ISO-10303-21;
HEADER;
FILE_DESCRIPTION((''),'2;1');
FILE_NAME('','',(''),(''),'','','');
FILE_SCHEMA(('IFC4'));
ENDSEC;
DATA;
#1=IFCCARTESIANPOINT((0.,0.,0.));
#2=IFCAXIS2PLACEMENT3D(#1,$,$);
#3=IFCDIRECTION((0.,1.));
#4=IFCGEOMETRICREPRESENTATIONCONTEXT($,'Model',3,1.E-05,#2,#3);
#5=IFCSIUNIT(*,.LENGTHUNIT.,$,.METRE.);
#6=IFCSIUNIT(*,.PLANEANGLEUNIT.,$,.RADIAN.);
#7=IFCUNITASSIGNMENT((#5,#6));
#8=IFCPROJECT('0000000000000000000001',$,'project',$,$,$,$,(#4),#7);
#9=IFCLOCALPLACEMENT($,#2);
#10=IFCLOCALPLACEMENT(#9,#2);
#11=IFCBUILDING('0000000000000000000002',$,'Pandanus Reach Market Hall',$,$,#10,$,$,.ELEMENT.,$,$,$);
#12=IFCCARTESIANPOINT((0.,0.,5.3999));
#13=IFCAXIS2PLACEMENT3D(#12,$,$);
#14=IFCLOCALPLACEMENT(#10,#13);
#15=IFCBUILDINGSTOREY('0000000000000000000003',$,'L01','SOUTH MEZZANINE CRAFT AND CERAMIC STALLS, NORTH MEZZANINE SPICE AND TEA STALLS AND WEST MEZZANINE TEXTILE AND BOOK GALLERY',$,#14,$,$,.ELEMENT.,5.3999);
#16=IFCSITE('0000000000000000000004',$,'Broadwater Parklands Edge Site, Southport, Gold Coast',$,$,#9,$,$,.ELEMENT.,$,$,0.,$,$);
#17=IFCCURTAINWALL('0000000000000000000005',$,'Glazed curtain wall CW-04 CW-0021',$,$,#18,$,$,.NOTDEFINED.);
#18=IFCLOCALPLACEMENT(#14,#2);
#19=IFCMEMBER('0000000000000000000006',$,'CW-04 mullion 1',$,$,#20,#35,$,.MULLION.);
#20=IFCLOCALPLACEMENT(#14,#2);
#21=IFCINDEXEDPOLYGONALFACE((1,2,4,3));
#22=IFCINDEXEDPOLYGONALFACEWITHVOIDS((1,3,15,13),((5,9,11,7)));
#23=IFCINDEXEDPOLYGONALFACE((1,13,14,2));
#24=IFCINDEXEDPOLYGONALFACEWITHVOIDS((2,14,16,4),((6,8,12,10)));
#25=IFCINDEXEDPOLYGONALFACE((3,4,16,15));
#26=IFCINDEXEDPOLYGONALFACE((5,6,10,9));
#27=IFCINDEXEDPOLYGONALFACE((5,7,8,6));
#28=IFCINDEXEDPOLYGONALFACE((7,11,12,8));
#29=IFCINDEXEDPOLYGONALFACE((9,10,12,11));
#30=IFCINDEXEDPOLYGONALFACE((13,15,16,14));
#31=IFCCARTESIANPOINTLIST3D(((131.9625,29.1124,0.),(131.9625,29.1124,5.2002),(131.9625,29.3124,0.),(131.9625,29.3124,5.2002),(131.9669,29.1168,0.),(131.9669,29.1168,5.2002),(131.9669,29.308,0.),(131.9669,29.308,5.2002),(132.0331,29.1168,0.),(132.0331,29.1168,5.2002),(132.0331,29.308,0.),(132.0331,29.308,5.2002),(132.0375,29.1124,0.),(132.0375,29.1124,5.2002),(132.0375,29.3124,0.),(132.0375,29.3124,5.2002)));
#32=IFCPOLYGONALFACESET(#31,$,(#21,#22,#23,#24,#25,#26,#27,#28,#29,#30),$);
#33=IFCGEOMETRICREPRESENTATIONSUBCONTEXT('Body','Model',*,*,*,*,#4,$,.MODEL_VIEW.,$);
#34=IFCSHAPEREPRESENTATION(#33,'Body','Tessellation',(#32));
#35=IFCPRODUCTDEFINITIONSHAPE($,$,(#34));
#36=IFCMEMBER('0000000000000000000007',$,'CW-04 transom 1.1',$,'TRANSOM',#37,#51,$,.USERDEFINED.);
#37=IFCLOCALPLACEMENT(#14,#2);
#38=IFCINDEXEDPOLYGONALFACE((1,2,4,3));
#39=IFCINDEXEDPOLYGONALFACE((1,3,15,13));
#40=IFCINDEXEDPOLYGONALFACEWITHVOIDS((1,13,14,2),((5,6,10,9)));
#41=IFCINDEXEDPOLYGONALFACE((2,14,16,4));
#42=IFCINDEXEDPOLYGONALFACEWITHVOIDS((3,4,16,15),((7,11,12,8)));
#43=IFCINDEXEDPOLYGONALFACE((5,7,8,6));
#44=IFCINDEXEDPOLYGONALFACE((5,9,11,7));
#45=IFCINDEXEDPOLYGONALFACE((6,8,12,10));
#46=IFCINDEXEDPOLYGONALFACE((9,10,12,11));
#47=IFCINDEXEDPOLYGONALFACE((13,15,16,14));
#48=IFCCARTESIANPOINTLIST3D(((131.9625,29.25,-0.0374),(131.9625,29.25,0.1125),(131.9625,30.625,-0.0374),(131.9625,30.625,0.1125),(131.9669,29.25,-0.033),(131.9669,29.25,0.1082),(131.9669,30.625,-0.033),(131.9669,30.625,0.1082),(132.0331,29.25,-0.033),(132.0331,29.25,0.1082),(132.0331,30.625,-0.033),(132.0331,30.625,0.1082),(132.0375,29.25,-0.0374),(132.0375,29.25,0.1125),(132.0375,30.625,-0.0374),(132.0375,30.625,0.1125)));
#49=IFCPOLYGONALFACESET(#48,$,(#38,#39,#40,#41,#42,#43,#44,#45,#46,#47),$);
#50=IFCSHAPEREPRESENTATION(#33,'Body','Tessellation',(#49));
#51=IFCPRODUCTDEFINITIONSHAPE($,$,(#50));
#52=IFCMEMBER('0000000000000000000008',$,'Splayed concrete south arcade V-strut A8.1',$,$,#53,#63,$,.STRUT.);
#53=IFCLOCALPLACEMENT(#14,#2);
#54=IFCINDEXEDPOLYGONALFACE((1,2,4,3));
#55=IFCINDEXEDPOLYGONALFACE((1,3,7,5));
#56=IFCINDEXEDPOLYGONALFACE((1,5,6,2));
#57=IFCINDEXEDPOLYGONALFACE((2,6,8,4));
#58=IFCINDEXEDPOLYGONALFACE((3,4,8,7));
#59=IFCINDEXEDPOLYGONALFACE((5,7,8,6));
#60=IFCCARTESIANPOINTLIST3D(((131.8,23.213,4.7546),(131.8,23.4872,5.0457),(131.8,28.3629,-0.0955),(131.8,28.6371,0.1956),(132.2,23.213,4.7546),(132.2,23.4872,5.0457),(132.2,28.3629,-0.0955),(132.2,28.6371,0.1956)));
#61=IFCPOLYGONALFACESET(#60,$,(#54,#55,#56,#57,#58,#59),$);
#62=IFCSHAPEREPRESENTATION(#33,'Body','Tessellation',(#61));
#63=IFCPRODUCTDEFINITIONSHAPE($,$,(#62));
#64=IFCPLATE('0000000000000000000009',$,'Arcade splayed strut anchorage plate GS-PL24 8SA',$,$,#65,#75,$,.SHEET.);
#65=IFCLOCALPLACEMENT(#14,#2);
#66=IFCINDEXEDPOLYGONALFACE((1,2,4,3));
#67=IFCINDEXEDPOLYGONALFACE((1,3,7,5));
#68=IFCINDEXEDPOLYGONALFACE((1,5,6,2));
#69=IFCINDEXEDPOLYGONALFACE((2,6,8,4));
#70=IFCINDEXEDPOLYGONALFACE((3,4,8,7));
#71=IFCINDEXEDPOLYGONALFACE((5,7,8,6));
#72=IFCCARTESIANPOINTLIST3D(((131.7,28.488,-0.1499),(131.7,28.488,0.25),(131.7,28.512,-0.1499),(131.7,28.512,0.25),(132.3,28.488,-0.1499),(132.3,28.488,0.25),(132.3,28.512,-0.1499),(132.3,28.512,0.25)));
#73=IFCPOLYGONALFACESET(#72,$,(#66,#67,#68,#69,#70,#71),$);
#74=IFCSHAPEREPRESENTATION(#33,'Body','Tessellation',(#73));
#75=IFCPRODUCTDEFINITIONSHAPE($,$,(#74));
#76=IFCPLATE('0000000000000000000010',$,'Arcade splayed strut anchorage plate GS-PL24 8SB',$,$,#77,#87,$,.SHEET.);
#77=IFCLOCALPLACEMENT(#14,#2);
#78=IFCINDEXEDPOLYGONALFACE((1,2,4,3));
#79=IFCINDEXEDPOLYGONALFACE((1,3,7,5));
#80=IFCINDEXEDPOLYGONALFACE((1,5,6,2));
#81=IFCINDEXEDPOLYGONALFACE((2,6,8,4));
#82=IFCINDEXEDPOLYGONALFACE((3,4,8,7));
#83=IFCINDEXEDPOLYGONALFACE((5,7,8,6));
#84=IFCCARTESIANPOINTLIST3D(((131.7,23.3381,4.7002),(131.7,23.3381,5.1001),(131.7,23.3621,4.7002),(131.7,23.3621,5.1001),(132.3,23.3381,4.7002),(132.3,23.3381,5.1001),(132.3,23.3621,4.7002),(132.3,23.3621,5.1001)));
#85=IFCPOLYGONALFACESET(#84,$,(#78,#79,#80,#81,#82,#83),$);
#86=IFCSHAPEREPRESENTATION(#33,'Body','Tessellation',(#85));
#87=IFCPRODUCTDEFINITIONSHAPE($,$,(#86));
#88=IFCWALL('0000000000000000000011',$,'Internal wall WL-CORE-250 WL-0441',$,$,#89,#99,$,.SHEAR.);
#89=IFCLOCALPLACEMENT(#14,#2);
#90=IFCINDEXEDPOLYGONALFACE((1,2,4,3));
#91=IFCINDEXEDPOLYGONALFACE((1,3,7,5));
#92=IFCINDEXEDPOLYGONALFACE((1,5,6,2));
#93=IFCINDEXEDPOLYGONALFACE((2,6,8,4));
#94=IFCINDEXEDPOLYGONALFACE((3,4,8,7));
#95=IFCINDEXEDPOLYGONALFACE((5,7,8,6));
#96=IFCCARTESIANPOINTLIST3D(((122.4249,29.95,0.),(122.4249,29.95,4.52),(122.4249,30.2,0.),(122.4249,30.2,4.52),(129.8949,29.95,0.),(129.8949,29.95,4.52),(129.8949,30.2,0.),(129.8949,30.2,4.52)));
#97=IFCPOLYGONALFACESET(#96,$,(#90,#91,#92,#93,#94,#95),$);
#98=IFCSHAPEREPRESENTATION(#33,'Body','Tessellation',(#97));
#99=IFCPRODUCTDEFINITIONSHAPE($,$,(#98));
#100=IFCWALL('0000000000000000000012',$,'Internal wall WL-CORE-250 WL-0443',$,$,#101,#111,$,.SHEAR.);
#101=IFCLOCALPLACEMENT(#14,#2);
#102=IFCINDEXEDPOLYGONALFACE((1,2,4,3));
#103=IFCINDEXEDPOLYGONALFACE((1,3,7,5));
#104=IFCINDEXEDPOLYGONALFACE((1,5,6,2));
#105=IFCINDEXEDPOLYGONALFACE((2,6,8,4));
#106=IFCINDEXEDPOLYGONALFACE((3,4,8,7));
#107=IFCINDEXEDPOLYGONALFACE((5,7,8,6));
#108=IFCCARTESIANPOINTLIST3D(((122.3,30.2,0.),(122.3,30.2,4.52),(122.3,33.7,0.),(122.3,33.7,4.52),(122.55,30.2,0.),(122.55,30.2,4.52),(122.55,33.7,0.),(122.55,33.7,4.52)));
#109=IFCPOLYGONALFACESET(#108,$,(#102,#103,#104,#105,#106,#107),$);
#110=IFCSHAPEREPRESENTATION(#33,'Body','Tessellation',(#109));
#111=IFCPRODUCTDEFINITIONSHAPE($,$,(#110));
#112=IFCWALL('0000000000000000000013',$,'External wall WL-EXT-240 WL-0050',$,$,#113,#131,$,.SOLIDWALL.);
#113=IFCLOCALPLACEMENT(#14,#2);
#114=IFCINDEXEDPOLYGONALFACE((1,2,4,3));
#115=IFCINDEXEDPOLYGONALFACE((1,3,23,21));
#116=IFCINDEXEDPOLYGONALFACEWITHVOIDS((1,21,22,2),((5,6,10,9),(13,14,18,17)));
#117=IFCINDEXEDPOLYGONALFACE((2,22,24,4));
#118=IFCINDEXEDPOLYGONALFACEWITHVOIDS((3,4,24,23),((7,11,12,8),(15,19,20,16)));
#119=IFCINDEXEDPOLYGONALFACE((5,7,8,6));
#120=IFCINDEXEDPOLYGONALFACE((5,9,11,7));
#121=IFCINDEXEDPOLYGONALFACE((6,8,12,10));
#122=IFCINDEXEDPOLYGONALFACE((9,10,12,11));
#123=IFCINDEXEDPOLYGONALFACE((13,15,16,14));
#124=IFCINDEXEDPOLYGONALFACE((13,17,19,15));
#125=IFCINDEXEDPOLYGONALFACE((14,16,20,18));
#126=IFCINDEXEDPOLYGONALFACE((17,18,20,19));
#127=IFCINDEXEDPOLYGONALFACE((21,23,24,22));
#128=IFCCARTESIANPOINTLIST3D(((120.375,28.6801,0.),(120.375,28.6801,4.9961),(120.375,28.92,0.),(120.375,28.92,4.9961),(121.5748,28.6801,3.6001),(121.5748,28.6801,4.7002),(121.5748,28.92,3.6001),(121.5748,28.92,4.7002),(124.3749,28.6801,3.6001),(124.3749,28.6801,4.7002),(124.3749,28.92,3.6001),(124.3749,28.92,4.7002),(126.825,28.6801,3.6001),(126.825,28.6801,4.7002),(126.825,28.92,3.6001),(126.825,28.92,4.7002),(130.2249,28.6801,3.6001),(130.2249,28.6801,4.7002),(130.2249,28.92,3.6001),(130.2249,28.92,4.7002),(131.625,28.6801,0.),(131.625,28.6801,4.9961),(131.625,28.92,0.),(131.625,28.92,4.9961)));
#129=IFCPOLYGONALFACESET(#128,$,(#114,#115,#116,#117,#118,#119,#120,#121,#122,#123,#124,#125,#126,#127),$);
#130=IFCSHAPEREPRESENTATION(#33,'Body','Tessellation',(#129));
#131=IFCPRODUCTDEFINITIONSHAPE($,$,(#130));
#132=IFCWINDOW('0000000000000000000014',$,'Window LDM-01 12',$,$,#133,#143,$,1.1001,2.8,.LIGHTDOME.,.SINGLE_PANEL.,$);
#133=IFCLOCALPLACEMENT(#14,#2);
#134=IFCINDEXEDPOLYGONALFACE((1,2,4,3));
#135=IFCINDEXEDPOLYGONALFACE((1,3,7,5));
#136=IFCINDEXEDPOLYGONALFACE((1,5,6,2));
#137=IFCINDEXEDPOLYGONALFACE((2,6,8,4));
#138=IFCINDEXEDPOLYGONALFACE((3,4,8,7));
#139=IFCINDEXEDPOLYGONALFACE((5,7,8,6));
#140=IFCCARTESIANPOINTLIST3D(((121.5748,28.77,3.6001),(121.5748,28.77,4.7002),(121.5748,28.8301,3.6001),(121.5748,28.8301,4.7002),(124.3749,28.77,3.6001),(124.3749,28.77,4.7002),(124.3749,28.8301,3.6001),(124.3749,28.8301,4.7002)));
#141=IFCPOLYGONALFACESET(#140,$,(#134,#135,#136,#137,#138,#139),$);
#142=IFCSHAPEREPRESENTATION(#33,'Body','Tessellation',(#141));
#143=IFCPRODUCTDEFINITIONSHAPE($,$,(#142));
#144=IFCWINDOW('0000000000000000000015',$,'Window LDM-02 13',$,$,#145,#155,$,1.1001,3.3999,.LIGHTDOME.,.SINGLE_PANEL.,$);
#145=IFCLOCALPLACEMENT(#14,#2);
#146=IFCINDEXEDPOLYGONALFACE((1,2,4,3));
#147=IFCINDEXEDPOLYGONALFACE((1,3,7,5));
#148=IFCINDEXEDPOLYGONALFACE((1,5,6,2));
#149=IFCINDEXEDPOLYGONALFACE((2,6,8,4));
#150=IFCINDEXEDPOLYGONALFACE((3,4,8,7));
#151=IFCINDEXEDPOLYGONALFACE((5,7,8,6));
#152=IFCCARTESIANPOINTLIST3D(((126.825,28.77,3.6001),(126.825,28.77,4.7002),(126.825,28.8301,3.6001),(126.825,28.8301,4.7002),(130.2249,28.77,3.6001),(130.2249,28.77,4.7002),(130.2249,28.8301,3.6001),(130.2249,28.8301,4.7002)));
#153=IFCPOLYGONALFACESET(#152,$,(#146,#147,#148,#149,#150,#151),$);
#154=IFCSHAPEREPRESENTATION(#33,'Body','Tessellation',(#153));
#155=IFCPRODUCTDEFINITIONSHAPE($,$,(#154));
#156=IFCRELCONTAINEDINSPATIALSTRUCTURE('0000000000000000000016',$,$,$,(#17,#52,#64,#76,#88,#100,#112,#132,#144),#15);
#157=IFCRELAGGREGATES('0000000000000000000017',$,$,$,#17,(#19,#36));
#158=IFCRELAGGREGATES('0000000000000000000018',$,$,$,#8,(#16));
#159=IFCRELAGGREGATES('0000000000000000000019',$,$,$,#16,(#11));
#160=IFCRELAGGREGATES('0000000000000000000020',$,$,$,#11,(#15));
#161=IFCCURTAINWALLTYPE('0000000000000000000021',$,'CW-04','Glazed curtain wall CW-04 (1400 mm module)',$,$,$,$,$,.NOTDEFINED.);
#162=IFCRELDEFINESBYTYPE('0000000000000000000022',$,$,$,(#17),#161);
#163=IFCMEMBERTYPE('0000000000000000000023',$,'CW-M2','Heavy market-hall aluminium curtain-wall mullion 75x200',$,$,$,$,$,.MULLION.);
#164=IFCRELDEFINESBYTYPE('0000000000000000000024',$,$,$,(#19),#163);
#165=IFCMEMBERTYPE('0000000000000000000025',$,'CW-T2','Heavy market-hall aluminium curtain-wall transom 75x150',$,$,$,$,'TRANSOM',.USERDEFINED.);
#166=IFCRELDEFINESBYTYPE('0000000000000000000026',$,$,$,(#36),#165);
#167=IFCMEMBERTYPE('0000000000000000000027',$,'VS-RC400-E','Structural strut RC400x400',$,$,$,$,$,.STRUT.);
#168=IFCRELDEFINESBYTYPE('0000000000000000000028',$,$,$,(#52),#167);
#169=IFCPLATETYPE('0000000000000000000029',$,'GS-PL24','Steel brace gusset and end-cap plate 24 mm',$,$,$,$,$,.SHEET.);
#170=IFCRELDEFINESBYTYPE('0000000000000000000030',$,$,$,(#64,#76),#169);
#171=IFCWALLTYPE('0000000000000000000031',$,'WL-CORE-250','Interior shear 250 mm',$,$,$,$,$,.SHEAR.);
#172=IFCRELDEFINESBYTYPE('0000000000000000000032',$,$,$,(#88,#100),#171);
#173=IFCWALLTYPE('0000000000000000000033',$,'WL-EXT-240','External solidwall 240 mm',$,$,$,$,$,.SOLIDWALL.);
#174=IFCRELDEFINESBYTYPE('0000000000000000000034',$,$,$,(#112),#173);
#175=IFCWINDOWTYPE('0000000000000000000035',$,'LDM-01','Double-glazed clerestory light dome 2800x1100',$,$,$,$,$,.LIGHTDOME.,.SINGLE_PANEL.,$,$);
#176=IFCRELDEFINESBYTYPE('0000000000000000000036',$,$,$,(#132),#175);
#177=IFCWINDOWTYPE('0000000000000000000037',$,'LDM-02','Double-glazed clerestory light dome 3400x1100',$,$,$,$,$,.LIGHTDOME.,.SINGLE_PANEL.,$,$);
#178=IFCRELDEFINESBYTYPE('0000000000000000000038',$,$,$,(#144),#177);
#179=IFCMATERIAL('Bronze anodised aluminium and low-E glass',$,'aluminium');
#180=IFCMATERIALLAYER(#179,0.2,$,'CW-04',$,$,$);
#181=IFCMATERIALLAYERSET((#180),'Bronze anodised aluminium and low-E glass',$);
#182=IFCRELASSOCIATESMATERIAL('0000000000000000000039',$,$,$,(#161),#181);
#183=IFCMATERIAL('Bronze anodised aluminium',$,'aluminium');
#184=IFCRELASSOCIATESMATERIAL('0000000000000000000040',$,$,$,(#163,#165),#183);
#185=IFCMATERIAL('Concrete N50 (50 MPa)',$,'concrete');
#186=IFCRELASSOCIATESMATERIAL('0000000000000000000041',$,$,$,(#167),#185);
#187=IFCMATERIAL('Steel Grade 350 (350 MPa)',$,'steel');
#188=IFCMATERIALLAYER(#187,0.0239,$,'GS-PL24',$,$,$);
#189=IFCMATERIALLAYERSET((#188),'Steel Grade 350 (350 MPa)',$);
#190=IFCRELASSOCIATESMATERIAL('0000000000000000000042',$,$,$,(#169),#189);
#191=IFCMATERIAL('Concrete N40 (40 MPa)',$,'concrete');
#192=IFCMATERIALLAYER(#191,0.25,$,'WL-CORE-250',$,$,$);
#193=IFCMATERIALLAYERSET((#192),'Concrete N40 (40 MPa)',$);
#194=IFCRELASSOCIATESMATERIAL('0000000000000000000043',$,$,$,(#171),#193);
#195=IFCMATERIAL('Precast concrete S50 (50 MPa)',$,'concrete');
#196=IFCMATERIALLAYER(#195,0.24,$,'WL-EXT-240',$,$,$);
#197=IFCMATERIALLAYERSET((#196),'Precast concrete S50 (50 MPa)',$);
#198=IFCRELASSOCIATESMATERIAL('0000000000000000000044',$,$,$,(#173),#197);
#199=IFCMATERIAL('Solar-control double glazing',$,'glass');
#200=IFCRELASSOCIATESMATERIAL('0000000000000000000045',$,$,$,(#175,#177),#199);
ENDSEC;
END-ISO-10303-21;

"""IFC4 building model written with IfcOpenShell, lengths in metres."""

from ifc_helpers import new_model, si_unit, direction, frame, frame_2d, origin, origin_2d, place, context, subcontext, project, spatial, rectangle, hollow_rectangle, extrude, material, layer, layer_set, material_profile, profile_set, type_object, element, fill, aggregate, save


model = new_model("IFC4")

# Units and contexts
model_context = context("Model", 3, precision=1e-05, world=origin(), true_north=direction((0.0, 1.0)))
body_context = subcontext(model_context, "Body", "Model", "MODEL_VIEW")
ifc_project = project(units=[si_unit("LENGTHUNIT", "METRE"), si_unit("PLANEANGLEUNIT", "RADIAN")], contexts=[model_context])

# Site, building, storey
site_placement = place(None, origin())
site = spatial("IfcSite", under=ifc_project, at=site_placement, Name="Broadwater Parklands Edge Site, Southport, Gold Coast", CompositionType="ELEMENT", RefElevation=0.0)
building_placement = place(site_placement, origin())
building = spatial("IfcBuilding", under=site, at=building_placement, Name="Pandanus Reach Market Hall", CompositionType="ELEMENT")
storey_placement = place(building_placement, frame((0.0, 0.0, 5.3999)))
storey = spatial("IfcBuildingStorey", under=building, at=storey_placement, Name="L01", Description="SOUTH MEZZANINE CRAFT AND CERAMIC STALLS, NORTH MEZZANINE SPICE AND TEA STALLS AND WEST MEZZANINE TEXTILE AND BOOK GALLERY", CompositionType="ELEMENT", Elevation=5.3999)

# Shared definitions
ifc_material_1 = material(Name="Concrete N50 (50 MPa)", Category="concrete")
ifc_material_2 = material(Name="Precast concrete S50 (50 MPa)", Category="concrete")

# Shared definitions
ifc_material_3 = material(Name="Concrete N40 (40 MPa)", Category="concrete")
ifc_material_4 = material(Name="Steel Grade 350 (350 MPa)", Category="steel")

# Curtain wall, members
ifc_material_5 = material(Name="Bronze anodised aluminium and low-E glass", Category="aluminium")
ifc_layer_1 = layer(ifc_material_5, 0.2, Name="CW-04")
ifc_layer_set_1 = layer_set([ifc_layer_1], Name="Bronze anodised aluminium and low-E glass")
curtain_wall_type = type_object("IfcCurtainWallType", Name="CW-04", Description="Glazed curtain wall CW-04 (1400 mm module)", PredefinedType="NOTDEFINED", material=ifc_layer_set_1)
curtain_wall_placement = place(storey_placement, origin())
curtain_wall = element("IfcCurtainWall", 1, at=curtain_wall_placement, inside=storey, type_object=curtain_wall_type, Name="Glazed curtain wall CW-04 CW-0021", PredefinedType="NOTDEFINED")
ifc_material_6 = material(Name="Bronze anodised aluminium", Category="aluminium")
ifc_material_profile_1 = material_profile(ifc_material_6, hollow_rectangle(XDim=0.075, YDim=0.2, WallThickness=0.0044, at=origin_2d()), Name="ALU75x200", Category="LoadBearing")
ifc_profile_set_1 = profile_set([ifc_material_profile_1], Name="Bronze anodised aluminium")
member_type_1 = type_object("IfcMemberType", Name="CW-M2", Description="Heavy market-hall aluminium curtain-wall mullion 75x200", PredefinedType="MULLION", material=ifc_profile_set_1)
member_1_placement = place(storey_placement, frame((132.0, 29.2124, 0.0), z_axis=(0.0, 0.0, 1.0), x_axis=(-1.0, 0.0, 0.0)))
member_1 = element("IfcMember", 2, at=member_1_placement, type_object=member_type_1, Name="CW-04 mullion 1", PredefinedType="MULLION", context=body_context, shape_type="SweptSolid", body=[
    extrude(hollow_rectangle(XDim=0.075, YDim=0.2, WallThickness=0.0044, at=origin_2d()), origin(), (0.0, 0.0, 1.0), 5.2002),
])
ifc_material_profile_2 = material_profile(ifc_material_6, hollow_rectangle(XDim=0.075, YDim=0.1499, WallThickness=0.0044, at=origin_2d()), Name="ALU75x150", Category="LoadBearing")
ifc_profile_set_2 = profile_set([ifc_material_profile_2], Name="Bronze anodised aluminium")
member_type_2 = type_object("IfcMemberType", Name="CW-T2", Description="Heavy market-hall aluminium curtain-wall transom 75x150", ElementType="TRANSOM", PredefinedType="USERDEFINED", material=ifc_profile_set_2)
member_2_placement = place(storey_placement, frame((132.0, 29.25, 0.0376), z_axis=(0.0, 1.0, 0.0), x_axis=(-1.0, 0.0, 0.0)))
member_2 = element("IfcMember", 3, at=member_2_placement, type_object=member_type_2, Name="CW-04 transom 1.1", ObjectType="TRANSOM", PredefinedType="USERDEFINED", context=body_context, shape_type="SweptSolid", body=[
    extrude(hollow_rectangle(XDim=0.075, YDim=0.1499, WallThickness=0.0044, at=origin_2d()), origin(), (0.0, 0.0, 1.0), 1.375),
])
aggregate(curtain_wall, [member_1, member_2])

# Member
ifc_material_profile_3 = material_profile(ifc_material_1, rectangle(XDim=0.3999, YDim=0.3999, at=origin_2d()), Name="RC400x400", Category="LoadBearing")
ifc_profile_set_3 = profile_set([ifc_material_profile_3], Name="Concrete N50 (50 MPa)")
member_type_3 = type_object("IfcMemberType", Name="VS-RC400-E", Description="Structural strut RC400x400", PredefinedType="STRUT", material=ifc_profile_set_3)
member_3_placement = place(storey_placement, frame((132.0, 28.5, 0.05), z_axis=(0.0, -0.727979, 0.685599), x_axis=(1.0, 0.0, 0.0)))
element("IfcMember", 4, at=member_3_placement, inside=storey, type_object=member_type_3, Name="Splayed concrete south arcade V-strut A8.1", PredefinedType="STRUT", context=body_context, shape_type="SweptSolid", body=[
    extrude(rectangle(XDim=0.3999, YDim=0.3999, at=origin_2d()), origin(), (0.0, 0.0, 1.0), 7.0742),
])

# Plates
ifc_layer_2 = layer(ifc_material_4, 0.0239, Name="GS-PL24")
ifc_layer_set_2 = layer_set([ifc_layer_2], Name="Steel Grade 350 (350 MPa)")
plate_type = type_object("IfcPlateType", Name="GS-PL24", Description="Steel brace gusset and end-cap plate 24 mm", PredefinedType="SHEET", material=ifc_layer_set_2)
for number, where, z_axis, x_axis, name in (
    (5, (132.0, 28.5, -0.1499), (0.0, 0.0, 1.0), (1.0, 0.0, 0.0), "Arcade splayed strut anchorage plate GS-PL24 8SA"),
    (6, (132.0, 23.3501, 4.7002), (0.0, 0.0, 1.0), (1.0, 0.0, 0.0), "Arcade splayed strut anchorage plate GS-PL24 8SB"),
):
    element("IfcPlate", number, at=place(storey_placement, frame(where, z_axis=z_axis, x_axis=x_axis)), inside=storey, type_object=plate_type, Name=name, PredefinedType="SHEET", context=body_context, shape_type="SweptSolid", body=[
        extrude(rectangle(XDim=0.6001, YDim=0.0239, at=origin_2d()), origin(), (0.0, 0.0, 1.0), 0.3999),
    ])

# Walls
ifc_layer_3 = layer(ifc_material_3, 0.25, Name="WL-CORE-250")
ifc_layer_set_3 = layer_set([ifc_layer_3], Name="Concrete N40 (40 MPa)")
wall_type_1 = type_object("IfcWallType", Name="WL-CORE-250", Description="Interior shear 250 mm", PredefinedType="SHEAR", material=ifc_layer_set_3)
wall_1_placement = place(storey_placement, frame((122.425, 30.075, 0.0), z_axis=(0.0, 0.0, 1.0), x_axis=(1.0, 0.0, 0.0)))
element("IfcWall", 7, at=wall_1_placement, inside=storey, type_object=wall_type_1, Name="Internal wall WL-CORE-250 WL-0441", PredefinedType="SHEAR", context=body_context, shape_type="SweptSolid", body=[
    extrude(rectangle(XDim=7.47, YDim=0.25, at=frame_2d((3.7349, 0.0))), origin(), (0.0, 0.0, 1.0), 4.52),
])
wall_2_placement = place(storey_placement, frame((122.425, 30.2, 0.0), z_axis=(0.0, 0.0, 1.0), x_axis=(0.0, 1.0, 0.0)))
element("IfcWall", 8, at=wall_2_placement, inside=storey, type_object=wall_type_1, Name="Internal wall WL-CORE-250 WL-0443", PredefinedType="SHEAR", context=body_context, shape_type="SweptSolid", body=[
    extrude(rectangle(XDim=3.5, YDim=0.25, at=frame_2d((1.75, 0.0))), origin(), (0.0, 0.0, 1.0), 4.52),
])

# Wall, openings, windows
ifc_layer_4 = layer(ifc_material_2, 0.24, Name="WL-EXT-240")
ifc_layer_set_4 = layer_set([ifc_layer_4], Name="Precast concrete S50 (50 MPa)")
wall_type_2 = type_object("IfcWallType", Name="WL-EXT-240", Description="External solidwall 240 mm", PredefinedType="SOLIDWALL", material=ifc_layer_set_4)
wall_3_placement = place(storey_placement, frame((120.375, 28.8, 0.0), z_axis=(0.0, 0.0, 1.0), x_axis=(1.0, 0.0, 0.0)))
wall_3 = element("IfcWall", 9, at=wall_3_placement, inside=storey, type_object=wall_type_2, Name="External wall WL-EXT-240 WL-0050", PredefinedType="SOLIDWALL", context=body_context, shape_type="SweptSolid", body=[
    extrude(rectangle(XDim=11.25, YDim=0.24, at=frame_2d((5.625, 0.0))), origin(), (0.0, 0.0, 1.0), 4.9961),
])
opening_1_placement = place(wall_3_placement, frame((1.2, 0.0, 3.6001)))
opening_1 = element("IfcOpeningElement", 10, at=opening_1_placement, cuts=wall_3, PredefinedType="OPENING", context=body_context, shape_type="SweptSolid", body=[
    extrude(rectangle(XDim=2.8, YDim=1.1001, at=frame_2d((1.3999, 0.55))), frame((0.0, 0.135, 0.0), z_axis=(0.0, -1.0, 0.0), x_axis=(1.0, 0.0, 0.0)), (0.0, 0.0, 1.0), 0.27),
])
opening_2_placement = place(wall_3_placement, frame((6.45, 0.0, 3.6001)))
opening_2 = element("IfcOpeningElement", 11, at=opening_2_placement, cuts=wall_3, PredefinedType="OPENING", context=body_context, shape_type="SweptSolid", body=[
    extrude(rectangle(XDim=3.3999, YDim=1.1001, at=frame_2d((1.7, 0.55))), frame((0.0, 0.135, 0.0), z_axis=(0.0, -1.0, 0.0), x_axis=(1.0, 0.0, 0.0)), (0.0, 0.0, 1.0), 0.27),
])
ifc_material_7 = material(Name="Solar-control double glazing", Category="glass")
window_type_1 = type_object("IfcWindowType", Name="LDM-01", Description="Double-glazed clerestory light dome 2800x1100", PartitioningType="SINGLE_PANEL", PredefinedType="LIGHTDOME", material=ifc_material_7)
window_1_placement = place(opening_1_placement, origin())
window_1 = element("IfcWindow", 12, at=window_1_placement, inside=storey, type_object=window_type_1, Name="Window LDM-01 12", OverallHeight=1.1001, OverallWidth=2.8, PartitioningType="SINGLE_PANEL", PredefinedType="LIGHTDOME", context=body_context, shape_type="SweptSolid", body=[
    extrude(rectangle(XDim=2.8, YDim=1.1001, at=frame_2d((1.3999, 0.55))), frame((0.0, 0.03, 0.0), z_axis=(0.0, -1.0, 0.0), x_axis=(1.0, 0.0, 0.0)), (0.0, 0.0, 1.0), 0.0601),
])
fill(opening_1, window_1)
window_type_2 = type_object("IfcWindowType", Name="LDM-02", Description="Double-glazed clerestory light dome 3400x1100", PartitioningType="SINGLE_PANEL", PredefinedType="LIGHTDOME", material=ifc_material_7)
window_2_placement = place(opening_2_placement, origin())
window_2 = element("IfcWindow", 13, at=window_2_placement, inside=storey, type_object=window_type_2, Name="Window LDM-02 13", OverallHeight=1.1001, OverallWidth=3.3999, PartitioningType="SINGLE_PANEL", PredefinedType="LIGHTDOME", context=body_context, shape_type="SweptSolid", body=[
    extrude(rectangle(XDim=3.3999, YDim=1.1001, at=frame_2d((1.7, 0.55))), frame((0.0, 0.03, 0.0), z_axis=(0.0, -1.0, 0.0), x_axis=(1.0, 0.0, 0.0)), (0.0, 0.0, 1.0), 0.0601),
])
fill(opening_2, window_2)

save(model, "model.ifc")
